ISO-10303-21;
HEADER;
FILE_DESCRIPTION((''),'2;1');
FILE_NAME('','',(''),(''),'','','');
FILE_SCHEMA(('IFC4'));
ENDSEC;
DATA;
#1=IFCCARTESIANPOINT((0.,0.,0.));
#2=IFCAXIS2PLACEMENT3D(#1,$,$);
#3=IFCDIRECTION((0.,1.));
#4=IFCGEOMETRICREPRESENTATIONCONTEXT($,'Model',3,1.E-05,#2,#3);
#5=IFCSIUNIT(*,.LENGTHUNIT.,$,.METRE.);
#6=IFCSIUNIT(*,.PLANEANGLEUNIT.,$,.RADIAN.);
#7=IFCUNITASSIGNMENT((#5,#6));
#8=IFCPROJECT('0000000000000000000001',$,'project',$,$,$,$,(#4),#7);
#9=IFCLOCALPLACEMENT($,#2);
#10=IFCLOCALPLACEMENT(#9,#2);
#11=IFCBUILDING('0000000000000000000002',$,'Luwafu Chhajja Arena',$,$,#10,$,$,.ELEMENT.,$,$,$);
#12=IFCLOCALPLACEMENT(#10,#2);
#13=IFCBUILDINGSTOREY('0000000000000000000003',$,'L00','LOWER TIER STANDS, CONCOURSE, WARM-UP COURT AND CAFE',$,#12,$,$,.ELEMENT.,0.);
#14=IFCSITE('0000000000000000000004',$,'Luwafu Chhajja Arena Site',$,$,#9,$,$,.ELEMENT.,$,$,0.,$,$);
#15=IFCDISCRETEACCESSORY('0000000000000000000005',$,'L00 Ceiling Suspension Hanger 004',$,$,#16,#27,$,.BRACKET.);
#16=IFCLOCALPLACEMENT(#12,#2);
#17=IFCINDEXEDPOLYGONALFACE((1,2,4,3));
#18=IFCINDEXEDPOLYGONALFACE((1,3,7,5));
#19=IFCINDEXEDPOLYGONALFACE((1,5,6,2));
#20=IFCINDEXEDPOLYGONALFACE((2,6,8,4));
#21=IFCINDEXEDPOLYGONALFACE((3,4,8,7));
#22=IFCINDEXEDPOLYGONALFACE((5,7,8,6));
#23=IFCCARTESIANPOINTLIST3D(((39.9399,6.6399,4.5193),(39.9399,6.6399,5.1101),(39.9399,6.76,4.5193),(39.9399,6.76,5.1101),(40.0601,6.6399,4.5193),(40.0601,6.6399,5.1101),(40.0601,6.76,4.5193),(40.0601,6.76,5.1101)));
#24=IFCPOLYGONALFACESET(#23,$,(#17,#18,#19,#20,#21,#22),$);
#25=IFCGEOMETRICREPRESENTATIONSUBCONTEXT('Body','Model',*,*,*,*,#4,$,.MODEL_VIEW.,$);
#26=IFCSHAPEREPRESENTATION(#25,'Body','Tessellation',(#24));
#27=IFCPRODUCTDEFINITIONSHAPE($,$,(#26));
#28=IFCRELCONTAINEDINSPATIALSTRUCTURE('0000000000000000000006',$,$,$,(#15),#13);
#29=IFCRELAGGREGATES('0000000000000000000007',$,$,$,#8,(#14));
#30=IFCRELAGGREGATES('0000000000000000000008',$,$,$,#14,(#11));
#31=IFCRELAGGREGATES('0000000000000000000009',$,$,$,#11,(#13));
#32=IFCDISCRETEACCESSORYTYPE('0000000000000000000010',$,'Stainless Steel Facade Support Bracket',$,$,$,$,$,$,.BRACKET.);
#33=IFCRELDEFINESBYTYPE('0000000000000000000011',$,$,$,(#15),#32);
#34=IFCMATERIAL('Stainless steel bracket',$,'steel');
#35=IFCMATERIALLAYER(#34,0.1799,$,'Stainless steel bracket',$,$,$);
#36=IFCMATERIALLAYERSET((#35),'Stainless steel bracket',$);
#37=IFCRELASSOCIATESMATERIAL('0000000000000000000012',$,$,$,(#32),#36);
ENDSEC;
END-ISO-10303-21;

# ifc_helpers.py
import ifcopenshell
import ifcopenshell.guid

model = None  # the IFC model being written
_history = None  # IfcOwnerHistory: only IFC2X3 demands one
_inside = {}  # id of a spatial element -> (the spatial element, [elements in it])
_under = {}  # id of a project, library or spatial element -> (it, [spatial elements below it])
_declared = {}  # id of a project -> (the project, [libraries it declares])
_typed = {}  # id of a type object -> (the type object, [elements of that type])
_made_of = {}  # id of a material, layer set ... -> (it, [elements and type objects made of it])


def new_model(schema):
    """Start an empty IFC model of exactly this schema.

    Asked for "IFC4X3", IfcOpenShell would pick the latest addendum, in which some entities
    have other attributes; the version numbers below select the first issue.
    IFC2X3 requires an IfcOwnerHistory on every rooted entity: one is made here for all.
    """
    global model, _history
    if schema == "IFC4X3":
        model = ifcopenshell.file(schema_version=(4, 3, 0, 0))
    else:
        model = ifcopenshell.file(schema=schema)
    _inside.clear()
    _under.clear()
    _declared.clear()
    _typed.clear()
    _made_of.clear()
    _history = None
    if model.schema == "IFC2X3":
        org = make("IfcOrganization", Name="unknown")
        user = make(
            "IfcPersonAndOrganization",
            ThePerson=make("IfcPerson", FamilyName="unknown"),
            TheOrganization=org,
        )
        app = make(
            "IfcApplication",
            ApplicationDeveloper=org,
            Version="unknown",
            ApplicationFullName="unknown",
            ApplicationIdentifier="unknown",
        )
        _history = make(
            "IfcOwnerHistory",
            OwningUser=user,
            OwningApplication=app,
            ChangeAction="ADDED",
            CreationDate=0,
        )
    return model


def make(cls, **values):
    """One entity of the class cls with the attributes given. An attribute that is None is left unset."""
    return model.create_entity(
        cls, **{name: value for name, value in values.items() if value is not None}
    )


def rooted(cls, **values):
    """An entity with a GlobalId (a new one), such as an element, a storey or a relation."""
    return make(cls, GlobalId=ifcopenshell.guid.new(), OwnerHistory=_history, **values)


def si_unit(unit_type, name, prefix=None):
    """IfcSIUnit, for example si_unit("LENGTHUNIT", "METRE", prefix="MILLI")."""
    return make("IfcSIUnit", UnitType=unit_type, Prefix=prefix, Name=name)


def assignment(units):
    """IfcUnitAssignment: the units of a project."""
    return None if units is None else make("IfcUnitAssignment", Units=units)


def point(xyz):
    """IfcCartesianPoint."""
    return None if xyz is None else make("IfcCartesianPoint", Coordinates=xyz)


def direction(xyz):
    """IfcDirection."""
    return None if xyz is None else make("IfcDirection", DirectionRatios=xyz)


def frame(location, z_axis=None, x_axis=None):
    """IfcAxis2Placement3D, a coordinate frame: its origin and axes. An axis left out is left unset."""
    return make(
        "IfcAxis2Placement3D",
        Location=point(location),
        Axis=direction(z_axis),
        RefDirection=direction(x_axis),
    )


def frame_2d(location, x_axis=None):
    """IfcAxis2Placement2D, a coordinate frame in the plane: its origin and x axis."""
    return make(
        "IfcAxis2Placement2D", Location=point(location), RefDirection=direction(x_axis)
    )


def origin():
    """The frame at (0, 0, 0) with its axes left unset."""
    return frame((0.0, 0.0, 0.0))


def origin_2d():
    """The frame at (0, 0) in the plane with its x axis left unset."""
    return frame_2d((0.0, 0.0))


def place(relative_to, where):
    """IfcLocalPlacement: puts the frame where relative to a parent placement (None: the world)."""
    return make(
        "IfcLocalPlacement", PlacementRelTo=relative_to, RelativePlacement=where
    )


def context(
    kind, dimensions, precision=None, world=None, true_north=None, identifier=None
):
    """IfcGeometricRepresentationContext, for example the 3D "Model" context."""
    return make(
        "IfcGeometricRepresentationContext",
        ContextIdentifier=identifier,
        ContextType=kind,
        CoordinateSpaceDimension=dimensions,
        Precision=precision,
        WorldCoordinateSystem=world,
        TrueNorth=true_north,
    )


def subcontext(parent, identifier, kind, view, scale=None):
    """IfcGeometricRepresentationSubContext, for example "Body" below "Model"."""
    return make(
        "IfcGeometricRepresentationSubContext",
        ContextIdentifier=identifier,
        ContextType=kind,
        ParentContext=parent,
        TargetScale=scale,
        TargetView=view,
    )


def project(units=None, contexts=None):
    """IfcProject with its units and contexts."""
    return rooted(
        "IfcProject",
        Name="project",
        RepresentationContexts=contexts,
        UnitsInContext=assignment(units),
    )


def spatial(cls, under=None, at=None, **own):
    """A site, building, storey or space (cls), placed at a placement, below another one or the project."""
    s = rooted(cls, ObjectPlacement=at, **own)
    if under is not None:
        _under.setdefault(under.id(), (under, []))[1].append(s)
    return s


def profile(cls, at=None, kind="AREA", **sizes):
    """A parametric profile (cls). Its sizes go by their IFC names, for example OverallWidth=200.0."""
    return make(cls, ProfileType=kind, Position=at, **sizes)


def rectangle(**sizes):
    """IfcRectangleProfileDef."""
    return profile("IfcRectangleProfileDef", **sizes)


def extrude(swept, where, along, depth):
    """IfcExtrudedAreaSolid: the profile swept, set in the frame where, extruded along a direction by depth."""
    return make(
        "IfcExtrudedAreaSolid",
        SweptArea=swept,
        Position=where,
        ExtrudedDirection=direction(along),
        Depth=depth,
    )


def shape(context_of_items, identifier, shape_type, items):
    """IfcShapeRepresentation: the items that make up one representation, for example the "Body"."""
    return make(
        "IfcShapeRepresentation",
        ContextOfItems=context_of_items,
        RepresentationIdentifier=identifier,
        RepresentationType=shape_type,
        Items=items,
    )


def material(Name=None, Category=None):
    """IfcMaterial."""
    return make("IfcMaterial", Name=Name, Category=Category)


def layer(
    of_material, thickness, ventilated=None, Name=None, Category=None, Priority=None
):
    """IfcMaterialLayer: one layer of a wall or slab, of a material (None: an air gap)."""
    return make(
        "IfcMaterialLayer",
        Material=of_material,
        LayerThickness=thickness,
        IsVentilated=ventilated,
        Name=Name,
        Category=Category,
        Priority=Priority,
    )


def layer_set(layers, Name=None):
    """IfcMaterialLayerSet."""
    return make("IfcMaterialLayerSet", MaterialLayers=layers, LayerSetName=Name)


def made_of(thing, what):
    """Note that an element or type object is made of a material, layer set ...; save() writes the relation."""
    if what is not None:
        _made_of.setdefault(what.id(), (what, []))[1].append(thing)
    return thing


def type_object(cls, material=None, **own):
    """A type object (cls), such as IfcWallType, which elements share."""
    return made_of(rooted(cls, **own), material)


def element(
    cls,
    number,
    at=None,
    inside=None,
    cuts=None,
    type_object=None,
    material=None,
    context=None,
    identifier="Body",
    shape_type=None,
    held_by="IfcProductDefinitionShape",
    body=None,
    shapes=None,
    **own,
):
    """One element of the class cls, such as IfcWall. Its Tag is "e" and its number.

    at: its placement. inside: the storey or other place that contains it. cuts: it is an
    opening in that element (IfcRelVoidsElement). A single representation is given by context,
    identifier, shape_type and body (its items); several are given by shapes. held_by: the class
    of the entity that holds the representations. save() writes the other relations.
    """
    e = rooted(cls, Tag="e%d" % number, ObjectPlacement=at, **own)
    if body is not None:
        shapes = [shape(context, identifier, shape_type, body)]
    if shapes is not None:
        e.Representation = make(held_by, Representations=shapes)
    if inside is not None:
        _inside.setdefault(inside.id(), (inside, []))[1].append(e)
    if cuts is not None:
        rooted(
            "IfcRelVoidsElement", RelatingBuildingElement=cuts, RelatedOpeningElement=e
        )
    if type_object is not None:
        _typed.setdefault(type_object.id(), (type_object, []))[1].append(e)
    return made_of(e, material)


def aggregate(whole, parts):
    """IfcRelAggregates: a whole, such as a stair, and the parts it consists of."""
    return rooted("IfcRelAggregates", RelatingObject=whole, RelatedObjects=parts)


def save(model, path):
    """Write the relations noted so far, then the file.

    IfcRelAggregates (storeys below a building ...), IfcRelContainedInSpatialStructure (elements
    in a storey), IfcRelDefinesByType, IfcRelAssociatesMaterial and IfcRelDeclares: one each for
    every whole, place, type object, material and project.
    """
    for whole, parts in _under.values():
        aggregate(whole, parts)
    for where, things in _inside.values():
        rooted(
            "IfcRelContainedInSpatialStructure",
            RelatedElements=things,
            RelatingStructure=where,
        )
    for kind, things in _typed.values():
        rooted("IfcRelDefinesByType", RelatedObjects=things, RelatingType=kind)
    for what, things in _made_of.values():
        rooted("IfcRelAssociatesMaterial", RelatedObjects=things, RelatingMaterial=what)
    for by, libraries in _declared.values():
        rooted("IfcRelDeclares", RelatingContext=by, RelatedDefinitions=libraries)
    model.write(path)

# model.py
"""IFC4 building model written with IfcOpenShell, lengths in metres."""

from ifc_helpers import new_model, si_unit, direction, frame, origin, origin_2d, place, context, subcontext, project, spatial, rectangle, extrude, material, layer, layer_set, type_object, element, save


model = new_model("IFC4")

# Units and contexts
model_context = context("Model", 3, precision=1e-05, world=origin(), true_north=direction((0.0, 1.0)))
body_context = subcontext(model_context, "Body", "Model", "MODEL_VIEW")
ifc_project = project(units=[si_unit("LENGTHUNIT", "METRE"), si_unit("PLANEANGLEUNIT", "RADIAN")], contexts=[model_context])

# Site, building, storey
site_placement = place(None, origin())
site = spatial("IfcSite", under=ifc_project, at=site_placement, Name="Luwafu Chhajja Arena Site", CompositionType="ELEMENT", RefElevation=0.0)
building_placement = place(site_placement, origin())
building = spatial("IfcBuilding", under=site, at=building_placement, Name="Luwafu Chhajja Arena", CompositionType="ELEMENT")
storey_placement = place(building_placement, origin())
storey = spatial("IfcBuildingStorey", under=building, at=storey_placement, Name="L00", Description="LOWER TIER STANDS, CONCOURSE, WARM-UP COURT AND CAFE", CompositionType="ELEMENT", Elevation=0.0)

# Discrete accessory
ifc_material_1 = material(Name="Stainless steel bracket", Category="steel")
ifc_layer_1 = layer(ifc_material_1, 0.1799, Name="Stainless steel bracket")
ifc_layer_set_1 = layer_set([ifc_layer_1], Name="Stainless steel bracket")
discrete_accessory_type = type_object("IfcDiscreteAccessoryType", Name="Stainless Steel Facade Support Bracket", PredefinedType="BRACKET", material=ifc_layer_set_1)
discrete_accessory_placement = place(storey_placement, frame((40.0, 6.7, 4.5193), z_axis=(0.0, 0.0, 1.0), x_axis=(1.0, 0.0, 0.0)))
element("IfcDiscreteAccessory", 1, at=discrete_accessory_placement, inside=storey, type_object=discrete_accessory_type, Name="L00 Ceiling Suspension Hanger 004", PredefinedType="BRACKET", context=body_context, shape_type="SweptSolid", body=[
    extrude(rectangle(XDim=0.1201, YDim=0.1201, at=origin_2d()), origin(), (0.0, 0.0, 1.0), 0.5908),
])

save(model, "model.ifc")
